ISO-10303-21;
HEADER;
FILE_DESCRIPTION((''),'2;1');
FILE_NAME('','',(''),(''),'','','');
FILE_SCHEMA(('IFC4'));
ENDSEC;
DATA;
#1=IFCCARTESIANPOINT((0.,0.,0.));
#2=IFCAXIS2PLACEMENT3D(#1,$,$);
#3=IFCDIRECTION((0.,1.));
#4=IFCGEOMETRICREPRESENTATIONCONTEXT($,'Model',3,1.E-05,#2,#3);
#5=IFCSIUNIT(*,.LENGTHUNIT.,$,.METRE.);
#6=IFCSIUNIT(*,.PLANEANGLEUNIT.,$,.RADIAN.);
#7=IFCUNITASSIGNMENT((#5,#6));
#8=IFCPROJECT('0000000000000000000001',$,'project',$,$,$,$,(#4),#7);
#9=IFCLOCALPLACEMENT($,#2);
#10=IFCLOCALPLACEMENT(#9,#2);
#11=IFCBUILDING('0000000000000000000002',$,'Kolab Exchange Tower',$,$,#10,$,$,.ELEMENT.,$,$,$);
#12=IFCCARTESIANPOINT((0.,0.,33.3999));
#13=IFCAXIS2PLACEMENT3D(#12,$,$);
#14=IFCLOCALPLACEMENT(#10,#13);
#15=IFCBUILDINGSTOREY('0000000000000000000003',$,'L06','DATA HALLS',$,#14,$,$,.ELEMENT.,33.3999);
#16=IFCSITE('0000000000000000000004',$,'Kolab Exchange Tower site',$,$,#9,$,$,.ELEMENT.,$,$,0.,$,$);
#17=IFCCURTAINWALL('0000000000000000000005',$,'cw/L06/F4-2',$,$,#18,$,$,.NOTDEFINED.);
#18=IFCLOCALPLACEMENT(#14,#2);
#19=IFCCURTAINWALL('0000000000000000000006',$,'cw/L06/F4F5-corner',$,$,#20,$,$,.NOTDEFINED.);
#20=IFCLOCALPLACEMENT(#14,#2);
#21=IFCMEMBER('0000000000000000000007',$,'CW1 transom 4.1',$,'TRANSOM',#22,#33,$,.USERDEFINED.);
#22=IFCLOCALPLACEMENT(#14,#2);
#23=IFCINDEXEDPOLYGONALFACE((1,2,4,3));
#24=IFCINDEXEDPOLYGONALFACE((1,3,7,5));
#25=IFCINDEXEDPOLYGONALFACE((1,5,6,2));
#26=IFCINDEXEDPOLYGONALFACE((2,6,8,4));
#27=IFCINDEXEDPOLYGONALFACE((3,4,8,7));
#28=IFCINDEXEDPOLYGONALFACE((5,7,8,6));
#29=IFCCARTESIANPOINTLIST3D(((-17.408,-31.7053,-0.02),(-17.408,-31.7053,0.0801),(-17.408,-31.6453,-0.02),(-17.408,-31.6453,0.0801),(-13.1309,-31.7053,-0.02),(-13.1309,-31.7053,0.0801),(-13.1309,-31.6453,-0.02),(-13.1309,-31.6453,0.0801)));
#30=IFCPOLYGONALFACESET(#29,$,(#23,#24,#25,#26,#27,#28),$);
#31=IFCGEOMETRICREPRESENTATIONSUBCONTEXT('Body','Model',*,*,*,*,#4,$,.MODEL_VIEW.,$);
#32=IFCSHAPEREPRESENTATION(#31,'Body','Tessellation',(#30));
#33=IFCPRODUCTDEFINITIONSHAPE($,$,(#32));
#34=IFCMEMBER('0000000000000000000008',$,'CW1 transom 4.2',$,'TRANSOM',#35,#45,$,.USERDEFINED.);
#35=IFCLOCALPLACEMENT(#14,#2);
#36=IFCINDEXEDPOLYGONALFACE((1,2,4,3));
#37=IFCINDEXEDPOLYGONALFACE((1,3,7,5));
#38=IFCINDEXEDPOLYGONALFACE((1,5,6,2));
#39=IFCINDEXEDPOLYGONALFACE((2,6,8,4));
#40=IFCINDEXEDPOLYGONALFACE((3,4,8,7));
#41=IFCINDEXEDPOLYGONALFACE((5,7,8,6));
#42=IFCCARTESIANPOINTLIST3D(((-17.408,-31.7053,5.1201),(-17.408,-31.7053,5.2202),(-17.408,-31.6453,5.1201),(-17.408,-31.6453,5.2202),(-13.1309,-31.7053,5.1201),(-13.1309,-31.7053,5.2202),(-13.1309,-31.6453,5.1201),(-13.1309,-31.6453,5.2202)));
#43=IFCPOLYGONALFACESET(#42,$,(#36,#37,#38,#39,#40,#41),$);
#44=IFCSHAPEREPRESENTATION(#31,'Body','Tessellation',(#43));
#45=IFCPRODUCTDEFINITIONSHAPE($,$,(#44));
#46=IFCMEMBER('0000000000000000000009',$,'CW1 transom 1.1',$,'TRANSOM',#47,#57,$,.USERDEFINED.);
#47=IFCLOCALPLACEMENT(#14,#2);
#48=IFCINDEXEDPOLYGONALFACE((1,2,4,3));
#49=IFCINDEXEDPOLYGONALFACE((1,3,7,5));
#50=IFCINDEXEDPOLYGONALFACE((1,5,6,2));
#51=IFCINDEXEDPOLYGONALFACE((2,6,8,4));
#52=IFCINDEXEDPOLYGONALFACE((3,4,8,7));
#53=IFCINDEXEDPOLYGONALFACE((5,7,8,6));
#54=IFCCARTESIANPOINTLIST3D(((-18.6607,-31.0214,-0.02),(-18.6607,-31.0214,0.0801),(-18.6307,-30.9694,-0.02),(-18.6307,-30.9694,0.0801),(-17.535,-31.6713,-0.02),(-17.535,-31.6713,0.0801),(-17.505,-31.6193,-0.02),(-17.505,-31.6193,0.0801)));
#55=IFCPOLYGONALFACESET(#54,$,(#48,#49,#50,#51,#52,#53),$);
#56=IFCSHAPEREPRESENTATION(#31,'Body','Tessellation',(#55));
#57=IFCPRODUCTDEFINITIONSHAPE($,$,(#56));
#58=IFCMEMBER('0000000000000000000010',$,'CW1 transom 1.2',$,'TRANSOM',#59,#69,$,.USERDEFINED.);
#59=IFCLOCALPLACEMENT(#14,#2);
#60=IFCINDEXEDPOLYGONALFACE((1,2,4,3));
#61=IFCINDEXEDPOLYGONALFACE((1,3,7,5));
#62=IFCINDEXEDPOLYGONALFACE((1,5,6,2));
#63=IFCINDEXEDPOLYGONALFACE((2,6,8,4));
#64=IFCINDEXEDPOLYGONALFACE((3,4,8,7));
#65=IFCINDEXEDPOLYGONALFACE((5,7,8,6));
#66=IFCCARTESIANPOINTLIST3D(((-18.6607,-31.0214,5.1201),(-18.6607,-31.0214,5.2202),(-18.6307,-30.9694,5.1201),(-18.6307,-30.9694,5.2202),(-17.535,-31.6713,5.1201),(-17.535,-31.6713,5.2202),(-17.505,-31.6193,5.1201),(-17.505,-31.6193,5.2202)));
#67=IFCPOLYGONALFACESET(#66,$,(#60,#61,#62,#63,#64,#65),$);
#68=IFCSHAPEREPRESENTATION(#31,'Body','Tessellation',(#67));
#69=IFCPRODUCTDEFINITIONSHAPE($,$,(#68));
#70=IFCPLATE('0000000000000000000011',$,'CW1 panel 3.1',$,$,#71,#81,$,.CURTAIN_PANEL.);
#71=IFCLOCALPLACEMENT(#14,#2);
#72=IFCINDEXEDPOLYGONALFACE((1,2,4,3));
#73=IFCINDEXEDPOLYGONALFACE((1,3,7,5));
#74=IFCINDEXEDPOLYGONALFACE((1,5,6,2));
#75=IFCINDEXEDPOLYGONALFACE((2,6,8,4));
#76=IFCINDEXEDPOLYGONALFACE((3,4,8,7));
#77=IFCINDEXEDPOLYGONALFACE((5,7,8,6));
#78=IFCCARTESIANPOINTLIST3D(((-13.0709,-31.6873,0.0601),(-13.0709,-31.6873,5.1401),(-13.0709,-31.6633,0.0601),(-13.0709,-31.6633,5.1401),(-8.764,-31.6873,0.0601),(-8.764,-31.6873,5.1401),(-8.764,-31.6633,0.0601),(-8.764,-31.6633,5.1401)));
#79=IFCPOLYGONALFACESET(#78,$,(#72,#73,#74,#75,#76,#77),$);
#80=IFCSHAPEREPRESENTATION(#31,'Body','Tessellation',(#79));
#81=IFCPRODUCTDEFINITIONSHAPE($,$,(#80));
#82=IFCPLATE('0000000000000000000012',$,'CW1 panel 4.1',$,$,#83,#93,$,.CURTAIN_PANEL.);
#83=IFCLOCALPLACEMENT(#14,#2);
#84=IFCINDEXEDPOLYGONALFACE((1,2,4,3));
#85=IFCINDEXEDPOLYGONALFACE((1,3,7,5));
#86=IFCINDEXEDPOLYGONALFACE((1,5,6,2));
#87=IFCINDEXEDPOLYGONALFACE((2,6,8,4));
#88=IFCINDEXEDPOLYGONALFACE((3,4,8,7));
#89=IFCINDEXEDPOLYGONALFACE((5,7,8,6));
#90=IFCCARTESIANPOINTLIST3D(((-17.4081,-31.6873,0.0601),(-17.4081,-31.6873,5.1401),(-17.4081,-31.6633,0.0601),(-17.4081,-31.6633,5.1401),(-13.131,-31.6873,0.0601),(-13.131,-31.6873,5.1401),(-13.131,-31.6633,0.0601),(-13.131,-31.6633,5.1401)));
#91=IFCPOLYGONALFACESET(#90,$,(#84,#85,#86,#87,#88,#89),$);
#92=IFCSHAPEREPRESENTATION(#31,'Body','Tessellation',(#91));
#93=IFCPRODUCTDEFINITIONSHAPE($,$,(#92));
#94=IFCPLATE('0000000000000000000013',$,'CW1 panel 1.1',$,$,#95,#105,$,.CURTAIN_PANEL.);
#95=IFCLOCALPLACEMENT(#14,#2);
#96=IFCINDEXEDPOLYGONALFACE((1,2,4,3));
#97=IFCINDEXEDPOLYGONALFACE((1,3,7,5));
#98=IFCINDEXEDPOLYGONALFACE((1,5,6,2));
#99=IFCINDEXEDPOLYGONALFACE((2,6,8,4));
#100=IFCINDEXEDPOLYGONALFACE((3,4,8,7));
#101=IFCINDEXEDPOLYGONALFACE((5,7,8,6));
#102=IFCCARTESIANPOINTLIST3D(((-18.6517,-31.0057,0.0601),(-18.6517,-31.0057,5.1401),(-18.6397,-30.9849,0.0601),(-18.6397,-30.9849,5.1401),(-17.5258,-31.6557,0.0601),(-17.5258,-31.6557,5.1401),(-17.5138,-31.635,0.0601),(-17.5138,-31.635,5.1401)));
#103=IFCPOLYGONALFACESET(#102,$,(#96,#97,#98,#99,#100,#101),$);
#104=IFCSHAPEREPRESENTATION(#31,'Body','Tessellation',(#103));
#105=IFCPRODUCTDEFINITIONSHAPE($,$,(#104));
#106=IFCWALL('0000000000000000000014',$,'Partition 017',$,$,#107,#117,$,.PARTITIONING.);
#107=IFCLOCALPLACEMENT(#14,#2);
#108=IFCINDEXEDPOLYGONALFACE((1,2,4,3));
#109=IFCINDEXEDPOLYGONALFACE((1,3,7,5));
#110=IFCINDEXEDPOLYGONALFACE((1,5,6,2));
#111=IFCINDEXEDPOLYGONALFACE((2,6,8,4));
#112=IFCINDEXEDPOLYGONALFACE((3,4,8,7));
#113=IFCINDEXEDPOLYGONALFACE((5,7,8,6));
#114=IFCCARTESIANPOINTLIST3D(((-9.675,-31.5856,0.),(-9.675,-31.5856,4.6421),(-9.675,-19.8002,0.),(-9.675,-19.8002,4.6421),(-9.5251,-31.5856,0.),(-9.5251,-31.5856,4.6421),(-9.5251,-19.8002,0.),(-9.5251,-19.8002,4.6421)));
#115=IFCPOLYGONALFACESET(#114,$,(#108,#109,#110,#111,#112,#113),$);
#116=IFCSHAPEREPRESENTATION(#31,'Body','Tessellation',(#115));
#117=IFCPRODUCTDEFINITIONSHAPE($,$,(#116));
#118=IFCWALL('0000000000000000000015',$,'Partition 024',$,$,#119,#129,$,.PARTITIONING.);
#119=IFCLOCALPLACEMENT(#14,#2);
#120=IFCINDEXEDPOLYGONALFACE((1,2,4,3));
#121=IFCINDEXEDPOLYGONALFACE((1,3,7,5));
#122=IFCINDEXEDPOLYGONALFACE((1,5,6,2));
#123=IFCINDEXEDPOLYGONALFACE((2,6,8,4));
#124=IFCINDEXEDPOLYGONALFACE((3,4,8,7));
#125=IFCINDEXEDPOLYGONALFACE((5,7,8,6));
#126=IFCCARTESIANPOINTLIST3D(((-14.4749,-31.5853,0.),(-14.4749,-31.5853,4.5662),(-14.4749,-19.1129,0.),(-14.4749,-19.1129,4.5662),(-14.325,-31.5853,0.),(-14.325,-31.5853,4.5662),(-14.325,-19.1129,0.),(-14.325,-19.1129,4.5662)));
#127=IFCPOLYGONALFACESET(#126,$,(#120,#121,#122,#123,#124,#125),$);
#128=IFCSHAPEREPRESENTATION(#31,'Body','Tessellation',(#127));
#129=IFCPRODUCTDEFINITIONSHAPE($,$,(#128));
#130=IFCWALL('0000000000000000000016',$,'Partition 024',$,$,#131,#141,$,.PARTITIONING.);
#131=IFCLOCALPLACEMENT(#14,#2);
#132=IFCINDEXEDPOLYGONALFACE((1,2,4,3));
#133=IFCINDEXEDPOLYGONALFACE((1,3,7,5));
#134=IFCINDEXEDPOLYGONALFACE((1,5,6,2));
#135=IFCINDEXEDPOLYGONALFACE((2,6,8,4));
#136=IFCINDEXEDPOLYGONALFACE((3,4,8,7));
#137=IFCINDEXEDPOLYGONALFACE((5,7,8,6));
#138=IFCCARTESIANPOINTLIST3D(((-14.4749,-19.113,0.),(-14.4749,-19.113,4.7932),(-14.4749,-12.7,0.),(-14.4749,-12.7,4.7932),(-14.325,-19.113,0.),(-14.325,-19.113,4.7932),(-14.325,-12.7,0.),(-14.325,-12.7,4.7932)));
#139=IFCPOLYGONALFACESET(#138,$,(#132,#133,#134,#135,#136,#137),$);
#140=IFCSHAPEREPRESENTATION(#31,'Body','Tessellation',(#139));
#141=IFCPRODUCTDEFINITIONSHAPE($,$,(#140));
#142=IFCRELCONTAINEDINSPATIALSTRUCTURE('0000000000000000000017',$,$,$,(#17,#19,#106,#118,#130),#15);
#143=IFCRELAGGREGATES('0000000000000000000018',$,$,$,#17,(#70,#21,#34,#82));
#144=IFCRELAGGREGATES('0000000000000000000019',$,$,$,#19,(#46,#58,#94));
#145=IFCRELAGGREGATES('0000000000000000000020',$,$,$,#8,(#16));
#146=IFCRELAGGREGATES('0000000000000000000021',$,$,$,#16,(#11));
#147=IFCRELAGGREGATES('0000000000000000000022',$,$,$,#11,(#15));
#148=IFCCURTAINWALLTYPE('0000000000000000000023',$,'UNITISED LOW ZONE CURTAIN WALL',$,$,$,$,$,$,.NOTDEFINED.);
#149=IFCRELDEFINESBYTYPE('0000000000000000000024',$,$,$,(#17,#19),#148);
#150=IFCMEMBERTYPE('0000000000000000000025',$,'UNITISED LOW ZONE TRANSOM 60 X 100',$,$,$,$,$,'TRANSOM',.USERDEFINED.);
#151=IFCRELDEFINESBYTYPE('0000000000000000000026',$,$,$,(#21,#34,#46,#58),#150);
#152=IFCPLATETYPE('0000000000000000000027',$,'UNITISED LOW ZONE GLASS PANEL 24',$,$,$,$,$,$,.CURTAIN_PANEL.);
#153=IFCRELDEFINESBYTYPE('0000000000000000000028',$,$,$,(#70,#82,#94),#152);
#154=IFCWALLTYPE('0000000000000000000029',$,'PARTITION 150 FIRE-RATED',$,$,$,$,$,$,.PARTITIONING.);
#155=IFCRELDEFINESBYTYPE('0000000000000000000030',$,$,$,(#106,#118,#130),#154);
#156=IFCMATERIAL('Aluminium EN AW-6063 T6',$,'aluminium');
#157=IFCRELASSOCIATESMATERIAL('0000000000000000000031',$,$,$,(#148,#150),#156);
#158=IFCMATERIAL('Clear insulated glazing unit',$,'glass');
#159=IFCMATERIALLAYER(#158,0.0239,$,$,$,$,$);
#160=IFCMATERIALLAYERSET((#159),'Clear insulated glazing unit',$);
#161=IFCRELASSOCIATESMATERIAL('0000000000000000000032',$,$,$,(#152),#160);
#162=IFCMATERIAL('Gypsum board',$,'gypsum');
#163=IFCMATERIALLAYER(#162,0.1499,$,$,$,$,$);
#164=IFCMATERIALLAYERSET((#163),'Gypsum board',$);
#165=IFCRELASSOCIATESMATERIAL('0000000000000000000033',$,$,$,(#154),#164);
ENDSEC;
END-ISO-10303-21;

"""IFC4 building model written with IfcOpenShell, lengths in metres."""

from ifc_helpers import new_model, si_unit, direction, frame, frame_2d, origin, origin_2d, place, context, subcontext, project, spatial, rectangle, extrude, material, layer, layer_set, material_profile, profile_set, type_object, element, aggregate, save


model = new_model("IFC4")

# Units and contexts
model_context = context("Model", 3, precision=1e-05, world=origin(), true_north=direction((0.0, 1.0)))
body_context = subcontext(model_context, "Body", "Model", "MODEL_VIEW")
ifc_project = project(units=[si_unit("LENGTHUNIT", "METRE"), si_unit("PLANEANGLEUNIT", "RADIAN")], contexts=[model_context])

# Site, building, storey
site_placement = place(None, origin())
site = spatial("IfcSite", under=ifc_project, at=site_placement, Name="Kolab Exchange Tower site", CompositionType="ELEMENT", RefElevation=0.0)
building_placement = place(site_placement, origin())
building = spatial("IfcBuilding", under=site, at=building_placement, Name="Kolab Exchange Tower", CompositionType="ELEMENT")
storey_placement = place(building_placement, frame((0.0, 0.0, 33.3999)))
storey = spatial("IfcBuildingStorey", under=building, at=storey_placement, Name="L06", Description="DATA HALLS", CompositionType="ELEMENT", Elevation=33.3999)

# Curtain wall
ifc_material_1 = material(Name="Aluminium EN AW-6063 T6", Category="aluminium")
curtain_wall_type = type_object("IfcCurtainWallType", Name="UNITISED LOW ZONE CURTAIN WALL", PredefinedType="NOTDEFINED", material=ifc_material_1)
curtain_wall_1_placement = place(storey_placement, origin())
curtain_wall_1 = element("IfcCurtainWall", 1, at=curtain_wall_1_placement, inside=storey, type_object=curtain_wall_type, Name="cw/L06/F4-2", PredefinedType="NOTDEFINED")

# Curtain wall
curtain_wall_2_placement = place(storey_placement, origin())
curtain_wall_2 = element("IfcCurtainWall", 2, at=curtain_wall_2_placement, inside=storey, type_object=curtain_wall_type, Name="cw/L06/F4F5-corner", PredefinedType="NOTDEFINED")

# Members
ifc_material_profile_1 = material_profile(ifc_material_1, rectangle(XDim=0.0601, YDim=0.1001, at=origin_2d()), Name="RECT 60X100")
ifc_profile_set_1 = profile_set([ifc_material_profile_1], Name="Aluminium EN AW-6063 T6")
member_type_1 = type_object("IfcMemberType", Name="UNITISED LOW ZONE TRANSOM 60 X 100", ElementType="TRANSOM", PredefinedType="USERDEFINED", material=ifc_profile_set_1)
member_1_placement = place(storey_placement, frame((-13.1309, -31.6753, 0.03), z_axis=(-1.0, 0.0, 0.0), x_axis=(0.0, -1.0, 0.0)))
member_1 = element("IfcMember", 3, at=member_1_placement, type_object=member_type_1, Name="CW1 transom 4.1", ObjectType="TRANSOM", PredefinedType="USERDEFINED", context=body_context, shape_type="SweptSolid", body=[
    extrude(rectangle(XDim=0.0601, YDim=0.1001, at=origin_2d()), origin(), (0.0, 0.0, 1.0), 4.2771),
])
member_2_placement = place(storey_placement, frame((-13.1309, -31.6753, 5.1702), z_axis=(-1.0, 0.0, 0.0), x_axis=(0.0, -1.0, 0.0)))
member_2 = element("IfcMember", 4, at=member_2_placement, type_object=member_type_1, Name="CW1 transom 4.2", ObjectType="TRANSOM", PredefinedType="USERDEFINED", context=body_context, shape_type="SweptSolid", body=[
    extrude(rectangle(XDim=0.0601, YDim=0.1001, at=origin_2d()), origin(), (0.0, 0.0, 1.0), 4.2771),
])
member_3_placement = place(storey_placement, frame((-17.52, -31.6453, 0.03), z_axis=(-0.866039, 0.499977, 0.0), x_axis=(-0.499977, -0.866039, 0.0)))
member_3 = element("IfcMember", 5, at=member_3_placement, type_object=member_type_1, Name="CW1 transom 1.1", ObjectType="TRANSOM", PredefinedType="USERDEFINED", context=body_context, shape_type="SweptSolid", body=[
    extrude(rectangle(XDim=0.0601, YDim=0.1001, at=origin_2d()), origin(), (0.0, 0.0, 1.0), 1.2998),
])
member_4_placement = place(storey_placement, frame((-17.52, -31.6453, 5.1702), z_axis=(-0.866039, 0.499977, 0.0), x_axis=(-0.499977, -0.866039, 0.0)))
member_4 = element("IfcMember", 6, at=member_4_placement, type_object=member_type_1, Name="CW1 transom 1.2", ObjectType="TRANSOM", PredefinedType="USERDEFINED", context=body_context, shape_type="SweptSolid", body=[
    extrude(rectangle(XDim=0.0601, YDim=0.1001, at=origin_2d()), origin(), (0.0, 0.0, 1.0), 1.2998),
])

# Plates
ifc_material_2 = material(Name="Clear insulated glazing unit", Category="glass")
ifc_layer_1 = layer(ifc_material_2, 0.0239)
ifc_layer_set_1 = layer_set([ifc_layer_1], Name="Clear insulated glazing unit")
plate_type = type_object("IfcPlateType", Name="UNITISED LOW ZONE GLASS PANEL 24", PredefinedType="CURTAIN_PANEL", material=ifc_layer_set_1)
plate_1_placement = place(storey_placement, frame((-10.9175, -31.6753, 0.0601), z_axis=(0.0, 0.0, 1.0), x_axis=(-1.0, 0.0, 0.0)))
plate_1 = element("IfcPlate", 7, at=plate_1_placement, type_object=plate_type, Name="CW1 panel 3.1", PredefinedType="CURTAIN_PANEL", context=body_context, shape_type="SweptSolid", body=[
    extrude(rectangle(XDim=4.3069, YDim=0.0239, at=origin_2d()), origin(), (0.0, 0.0, 1.0), 5.0801),
])
plate_2_placement = place(storey_placement, frame((-15.2695, -31.6753, 0.0601), z_axis=(0.0, 0.0, 1.0), x_axis=(-1.0, 0.0, 0.0)))
plate_2 = element("IfcPlate", 8, at=plate_2_placement, type_object=plate_type, Name="CW1 panel 4.1", PredefinedType="CURTAIN_PANEL", context=body_context, shape_type="SweptSolid", body=[
    extrude(rectangle(XDim=4.2771, YDim=0.0239, at=origin_2d()), origin(), (0.0, 0.0, 1.0), 5.0801),
])
aggregate(curtain_wall_1, [plate_1, member_1, member_2, plate_2])
plate_3_placement = place(storey_placement, frame((-18.0828, -31.3203, 0.0601), z_axis=(0.0, 0.0, 1.0), x_axis=(-0.866025, 0.5, 0.0)))
plate_3 = element("IfcPlate", 9, at=plate_3_placement, type_object=plate_type, Name="CW1 panel 1.1", PredefinedType="CURTAIN_PANEL", context=body_context, shape_type="SweptSolid", body=[
    extrude(rectangle(XDim=1.3, YDim=0.0239, at=origin_2d()), origin(), (0.0, 0.0, 1.0), 5.0801),
])
aggregate(curtain_wall_2, [member_3, member_4, plate_3])

# Walls
ifc_material_3 = material(Name="Gypsum board", Category="gypsum")
ifc_layer_2 = layer(ifc_material_3, 0.1499)
ifc_layer_set_2 = layer_set([ifc_layer_2], Name="Gypsum board")
wall_type = type_object("IfcWallType", Name="PARTITION 150 FIRE-RATED", PredefinedType="PARTITIONING", material=ifc_layer_set_2)
wall_1_placement = place(storey_placement, frame((-9.6001, -31.5854, 0.0), z_axis=(0.0, 0.0, 1.0), x_axis=(0.0, 1.0, 0.0)))
element("IfcWall", 10, at=wall_1_placement, inside=storey, type_object=wall_type, Name="Partition 017", PredefinedType="PARTITIONING", context=body_context, shape_type="SweptSolid", body=[
    extrude(rectangle(XDim=11.7854, YDim=0.1499, at=frame_2d((5.8926, 0.0))), origin(), (0.0, 0.0, 1.0), 4.6421),
])
wall_2_placement = place(storey_placement, frame((-14.3999, -31.5854, 0.0), z_axis=(0.0, 0.0, 1.0), x_axis=(0.0, 1.0, 0.0)))
element("IfcWall", 11, at=wall_2_placement, inside=storey, type_object=wall_type, Name="Partition 024", PredefinedType="PARTITIONING", context=body_context, shape_type="SweptSolid", body=[
    extrude(rectangle(XDim=12.4724, YDim=0.1499, at=frame_2d((6.2363, 0.0))), origin(), (0.0, 0.0, 1.0), 4.5662),
])
wall_3_placement = place(storey_placement, frame((-14.3999, -19.113, 0.0), z_axis=(0.0, 0.0, 1.0), x_axis=(0.0, 1.0, 0.0)))
element("IfcWall", 12, at=wall_3_placement, inside=storey, type_object=wall_type, Name="Partition 024", PredefinedType="PARTITIONING", context=body_context, shape_type="SweptSolid", body=[
    extrude(rectangle(XDim=6.4131, YDim=0.1499, at=frame_2d((3.2065, 0.0))), origin(), (0.0, 0.0, 1.0), 4.7932),
])

save(model, "model.ifc")
